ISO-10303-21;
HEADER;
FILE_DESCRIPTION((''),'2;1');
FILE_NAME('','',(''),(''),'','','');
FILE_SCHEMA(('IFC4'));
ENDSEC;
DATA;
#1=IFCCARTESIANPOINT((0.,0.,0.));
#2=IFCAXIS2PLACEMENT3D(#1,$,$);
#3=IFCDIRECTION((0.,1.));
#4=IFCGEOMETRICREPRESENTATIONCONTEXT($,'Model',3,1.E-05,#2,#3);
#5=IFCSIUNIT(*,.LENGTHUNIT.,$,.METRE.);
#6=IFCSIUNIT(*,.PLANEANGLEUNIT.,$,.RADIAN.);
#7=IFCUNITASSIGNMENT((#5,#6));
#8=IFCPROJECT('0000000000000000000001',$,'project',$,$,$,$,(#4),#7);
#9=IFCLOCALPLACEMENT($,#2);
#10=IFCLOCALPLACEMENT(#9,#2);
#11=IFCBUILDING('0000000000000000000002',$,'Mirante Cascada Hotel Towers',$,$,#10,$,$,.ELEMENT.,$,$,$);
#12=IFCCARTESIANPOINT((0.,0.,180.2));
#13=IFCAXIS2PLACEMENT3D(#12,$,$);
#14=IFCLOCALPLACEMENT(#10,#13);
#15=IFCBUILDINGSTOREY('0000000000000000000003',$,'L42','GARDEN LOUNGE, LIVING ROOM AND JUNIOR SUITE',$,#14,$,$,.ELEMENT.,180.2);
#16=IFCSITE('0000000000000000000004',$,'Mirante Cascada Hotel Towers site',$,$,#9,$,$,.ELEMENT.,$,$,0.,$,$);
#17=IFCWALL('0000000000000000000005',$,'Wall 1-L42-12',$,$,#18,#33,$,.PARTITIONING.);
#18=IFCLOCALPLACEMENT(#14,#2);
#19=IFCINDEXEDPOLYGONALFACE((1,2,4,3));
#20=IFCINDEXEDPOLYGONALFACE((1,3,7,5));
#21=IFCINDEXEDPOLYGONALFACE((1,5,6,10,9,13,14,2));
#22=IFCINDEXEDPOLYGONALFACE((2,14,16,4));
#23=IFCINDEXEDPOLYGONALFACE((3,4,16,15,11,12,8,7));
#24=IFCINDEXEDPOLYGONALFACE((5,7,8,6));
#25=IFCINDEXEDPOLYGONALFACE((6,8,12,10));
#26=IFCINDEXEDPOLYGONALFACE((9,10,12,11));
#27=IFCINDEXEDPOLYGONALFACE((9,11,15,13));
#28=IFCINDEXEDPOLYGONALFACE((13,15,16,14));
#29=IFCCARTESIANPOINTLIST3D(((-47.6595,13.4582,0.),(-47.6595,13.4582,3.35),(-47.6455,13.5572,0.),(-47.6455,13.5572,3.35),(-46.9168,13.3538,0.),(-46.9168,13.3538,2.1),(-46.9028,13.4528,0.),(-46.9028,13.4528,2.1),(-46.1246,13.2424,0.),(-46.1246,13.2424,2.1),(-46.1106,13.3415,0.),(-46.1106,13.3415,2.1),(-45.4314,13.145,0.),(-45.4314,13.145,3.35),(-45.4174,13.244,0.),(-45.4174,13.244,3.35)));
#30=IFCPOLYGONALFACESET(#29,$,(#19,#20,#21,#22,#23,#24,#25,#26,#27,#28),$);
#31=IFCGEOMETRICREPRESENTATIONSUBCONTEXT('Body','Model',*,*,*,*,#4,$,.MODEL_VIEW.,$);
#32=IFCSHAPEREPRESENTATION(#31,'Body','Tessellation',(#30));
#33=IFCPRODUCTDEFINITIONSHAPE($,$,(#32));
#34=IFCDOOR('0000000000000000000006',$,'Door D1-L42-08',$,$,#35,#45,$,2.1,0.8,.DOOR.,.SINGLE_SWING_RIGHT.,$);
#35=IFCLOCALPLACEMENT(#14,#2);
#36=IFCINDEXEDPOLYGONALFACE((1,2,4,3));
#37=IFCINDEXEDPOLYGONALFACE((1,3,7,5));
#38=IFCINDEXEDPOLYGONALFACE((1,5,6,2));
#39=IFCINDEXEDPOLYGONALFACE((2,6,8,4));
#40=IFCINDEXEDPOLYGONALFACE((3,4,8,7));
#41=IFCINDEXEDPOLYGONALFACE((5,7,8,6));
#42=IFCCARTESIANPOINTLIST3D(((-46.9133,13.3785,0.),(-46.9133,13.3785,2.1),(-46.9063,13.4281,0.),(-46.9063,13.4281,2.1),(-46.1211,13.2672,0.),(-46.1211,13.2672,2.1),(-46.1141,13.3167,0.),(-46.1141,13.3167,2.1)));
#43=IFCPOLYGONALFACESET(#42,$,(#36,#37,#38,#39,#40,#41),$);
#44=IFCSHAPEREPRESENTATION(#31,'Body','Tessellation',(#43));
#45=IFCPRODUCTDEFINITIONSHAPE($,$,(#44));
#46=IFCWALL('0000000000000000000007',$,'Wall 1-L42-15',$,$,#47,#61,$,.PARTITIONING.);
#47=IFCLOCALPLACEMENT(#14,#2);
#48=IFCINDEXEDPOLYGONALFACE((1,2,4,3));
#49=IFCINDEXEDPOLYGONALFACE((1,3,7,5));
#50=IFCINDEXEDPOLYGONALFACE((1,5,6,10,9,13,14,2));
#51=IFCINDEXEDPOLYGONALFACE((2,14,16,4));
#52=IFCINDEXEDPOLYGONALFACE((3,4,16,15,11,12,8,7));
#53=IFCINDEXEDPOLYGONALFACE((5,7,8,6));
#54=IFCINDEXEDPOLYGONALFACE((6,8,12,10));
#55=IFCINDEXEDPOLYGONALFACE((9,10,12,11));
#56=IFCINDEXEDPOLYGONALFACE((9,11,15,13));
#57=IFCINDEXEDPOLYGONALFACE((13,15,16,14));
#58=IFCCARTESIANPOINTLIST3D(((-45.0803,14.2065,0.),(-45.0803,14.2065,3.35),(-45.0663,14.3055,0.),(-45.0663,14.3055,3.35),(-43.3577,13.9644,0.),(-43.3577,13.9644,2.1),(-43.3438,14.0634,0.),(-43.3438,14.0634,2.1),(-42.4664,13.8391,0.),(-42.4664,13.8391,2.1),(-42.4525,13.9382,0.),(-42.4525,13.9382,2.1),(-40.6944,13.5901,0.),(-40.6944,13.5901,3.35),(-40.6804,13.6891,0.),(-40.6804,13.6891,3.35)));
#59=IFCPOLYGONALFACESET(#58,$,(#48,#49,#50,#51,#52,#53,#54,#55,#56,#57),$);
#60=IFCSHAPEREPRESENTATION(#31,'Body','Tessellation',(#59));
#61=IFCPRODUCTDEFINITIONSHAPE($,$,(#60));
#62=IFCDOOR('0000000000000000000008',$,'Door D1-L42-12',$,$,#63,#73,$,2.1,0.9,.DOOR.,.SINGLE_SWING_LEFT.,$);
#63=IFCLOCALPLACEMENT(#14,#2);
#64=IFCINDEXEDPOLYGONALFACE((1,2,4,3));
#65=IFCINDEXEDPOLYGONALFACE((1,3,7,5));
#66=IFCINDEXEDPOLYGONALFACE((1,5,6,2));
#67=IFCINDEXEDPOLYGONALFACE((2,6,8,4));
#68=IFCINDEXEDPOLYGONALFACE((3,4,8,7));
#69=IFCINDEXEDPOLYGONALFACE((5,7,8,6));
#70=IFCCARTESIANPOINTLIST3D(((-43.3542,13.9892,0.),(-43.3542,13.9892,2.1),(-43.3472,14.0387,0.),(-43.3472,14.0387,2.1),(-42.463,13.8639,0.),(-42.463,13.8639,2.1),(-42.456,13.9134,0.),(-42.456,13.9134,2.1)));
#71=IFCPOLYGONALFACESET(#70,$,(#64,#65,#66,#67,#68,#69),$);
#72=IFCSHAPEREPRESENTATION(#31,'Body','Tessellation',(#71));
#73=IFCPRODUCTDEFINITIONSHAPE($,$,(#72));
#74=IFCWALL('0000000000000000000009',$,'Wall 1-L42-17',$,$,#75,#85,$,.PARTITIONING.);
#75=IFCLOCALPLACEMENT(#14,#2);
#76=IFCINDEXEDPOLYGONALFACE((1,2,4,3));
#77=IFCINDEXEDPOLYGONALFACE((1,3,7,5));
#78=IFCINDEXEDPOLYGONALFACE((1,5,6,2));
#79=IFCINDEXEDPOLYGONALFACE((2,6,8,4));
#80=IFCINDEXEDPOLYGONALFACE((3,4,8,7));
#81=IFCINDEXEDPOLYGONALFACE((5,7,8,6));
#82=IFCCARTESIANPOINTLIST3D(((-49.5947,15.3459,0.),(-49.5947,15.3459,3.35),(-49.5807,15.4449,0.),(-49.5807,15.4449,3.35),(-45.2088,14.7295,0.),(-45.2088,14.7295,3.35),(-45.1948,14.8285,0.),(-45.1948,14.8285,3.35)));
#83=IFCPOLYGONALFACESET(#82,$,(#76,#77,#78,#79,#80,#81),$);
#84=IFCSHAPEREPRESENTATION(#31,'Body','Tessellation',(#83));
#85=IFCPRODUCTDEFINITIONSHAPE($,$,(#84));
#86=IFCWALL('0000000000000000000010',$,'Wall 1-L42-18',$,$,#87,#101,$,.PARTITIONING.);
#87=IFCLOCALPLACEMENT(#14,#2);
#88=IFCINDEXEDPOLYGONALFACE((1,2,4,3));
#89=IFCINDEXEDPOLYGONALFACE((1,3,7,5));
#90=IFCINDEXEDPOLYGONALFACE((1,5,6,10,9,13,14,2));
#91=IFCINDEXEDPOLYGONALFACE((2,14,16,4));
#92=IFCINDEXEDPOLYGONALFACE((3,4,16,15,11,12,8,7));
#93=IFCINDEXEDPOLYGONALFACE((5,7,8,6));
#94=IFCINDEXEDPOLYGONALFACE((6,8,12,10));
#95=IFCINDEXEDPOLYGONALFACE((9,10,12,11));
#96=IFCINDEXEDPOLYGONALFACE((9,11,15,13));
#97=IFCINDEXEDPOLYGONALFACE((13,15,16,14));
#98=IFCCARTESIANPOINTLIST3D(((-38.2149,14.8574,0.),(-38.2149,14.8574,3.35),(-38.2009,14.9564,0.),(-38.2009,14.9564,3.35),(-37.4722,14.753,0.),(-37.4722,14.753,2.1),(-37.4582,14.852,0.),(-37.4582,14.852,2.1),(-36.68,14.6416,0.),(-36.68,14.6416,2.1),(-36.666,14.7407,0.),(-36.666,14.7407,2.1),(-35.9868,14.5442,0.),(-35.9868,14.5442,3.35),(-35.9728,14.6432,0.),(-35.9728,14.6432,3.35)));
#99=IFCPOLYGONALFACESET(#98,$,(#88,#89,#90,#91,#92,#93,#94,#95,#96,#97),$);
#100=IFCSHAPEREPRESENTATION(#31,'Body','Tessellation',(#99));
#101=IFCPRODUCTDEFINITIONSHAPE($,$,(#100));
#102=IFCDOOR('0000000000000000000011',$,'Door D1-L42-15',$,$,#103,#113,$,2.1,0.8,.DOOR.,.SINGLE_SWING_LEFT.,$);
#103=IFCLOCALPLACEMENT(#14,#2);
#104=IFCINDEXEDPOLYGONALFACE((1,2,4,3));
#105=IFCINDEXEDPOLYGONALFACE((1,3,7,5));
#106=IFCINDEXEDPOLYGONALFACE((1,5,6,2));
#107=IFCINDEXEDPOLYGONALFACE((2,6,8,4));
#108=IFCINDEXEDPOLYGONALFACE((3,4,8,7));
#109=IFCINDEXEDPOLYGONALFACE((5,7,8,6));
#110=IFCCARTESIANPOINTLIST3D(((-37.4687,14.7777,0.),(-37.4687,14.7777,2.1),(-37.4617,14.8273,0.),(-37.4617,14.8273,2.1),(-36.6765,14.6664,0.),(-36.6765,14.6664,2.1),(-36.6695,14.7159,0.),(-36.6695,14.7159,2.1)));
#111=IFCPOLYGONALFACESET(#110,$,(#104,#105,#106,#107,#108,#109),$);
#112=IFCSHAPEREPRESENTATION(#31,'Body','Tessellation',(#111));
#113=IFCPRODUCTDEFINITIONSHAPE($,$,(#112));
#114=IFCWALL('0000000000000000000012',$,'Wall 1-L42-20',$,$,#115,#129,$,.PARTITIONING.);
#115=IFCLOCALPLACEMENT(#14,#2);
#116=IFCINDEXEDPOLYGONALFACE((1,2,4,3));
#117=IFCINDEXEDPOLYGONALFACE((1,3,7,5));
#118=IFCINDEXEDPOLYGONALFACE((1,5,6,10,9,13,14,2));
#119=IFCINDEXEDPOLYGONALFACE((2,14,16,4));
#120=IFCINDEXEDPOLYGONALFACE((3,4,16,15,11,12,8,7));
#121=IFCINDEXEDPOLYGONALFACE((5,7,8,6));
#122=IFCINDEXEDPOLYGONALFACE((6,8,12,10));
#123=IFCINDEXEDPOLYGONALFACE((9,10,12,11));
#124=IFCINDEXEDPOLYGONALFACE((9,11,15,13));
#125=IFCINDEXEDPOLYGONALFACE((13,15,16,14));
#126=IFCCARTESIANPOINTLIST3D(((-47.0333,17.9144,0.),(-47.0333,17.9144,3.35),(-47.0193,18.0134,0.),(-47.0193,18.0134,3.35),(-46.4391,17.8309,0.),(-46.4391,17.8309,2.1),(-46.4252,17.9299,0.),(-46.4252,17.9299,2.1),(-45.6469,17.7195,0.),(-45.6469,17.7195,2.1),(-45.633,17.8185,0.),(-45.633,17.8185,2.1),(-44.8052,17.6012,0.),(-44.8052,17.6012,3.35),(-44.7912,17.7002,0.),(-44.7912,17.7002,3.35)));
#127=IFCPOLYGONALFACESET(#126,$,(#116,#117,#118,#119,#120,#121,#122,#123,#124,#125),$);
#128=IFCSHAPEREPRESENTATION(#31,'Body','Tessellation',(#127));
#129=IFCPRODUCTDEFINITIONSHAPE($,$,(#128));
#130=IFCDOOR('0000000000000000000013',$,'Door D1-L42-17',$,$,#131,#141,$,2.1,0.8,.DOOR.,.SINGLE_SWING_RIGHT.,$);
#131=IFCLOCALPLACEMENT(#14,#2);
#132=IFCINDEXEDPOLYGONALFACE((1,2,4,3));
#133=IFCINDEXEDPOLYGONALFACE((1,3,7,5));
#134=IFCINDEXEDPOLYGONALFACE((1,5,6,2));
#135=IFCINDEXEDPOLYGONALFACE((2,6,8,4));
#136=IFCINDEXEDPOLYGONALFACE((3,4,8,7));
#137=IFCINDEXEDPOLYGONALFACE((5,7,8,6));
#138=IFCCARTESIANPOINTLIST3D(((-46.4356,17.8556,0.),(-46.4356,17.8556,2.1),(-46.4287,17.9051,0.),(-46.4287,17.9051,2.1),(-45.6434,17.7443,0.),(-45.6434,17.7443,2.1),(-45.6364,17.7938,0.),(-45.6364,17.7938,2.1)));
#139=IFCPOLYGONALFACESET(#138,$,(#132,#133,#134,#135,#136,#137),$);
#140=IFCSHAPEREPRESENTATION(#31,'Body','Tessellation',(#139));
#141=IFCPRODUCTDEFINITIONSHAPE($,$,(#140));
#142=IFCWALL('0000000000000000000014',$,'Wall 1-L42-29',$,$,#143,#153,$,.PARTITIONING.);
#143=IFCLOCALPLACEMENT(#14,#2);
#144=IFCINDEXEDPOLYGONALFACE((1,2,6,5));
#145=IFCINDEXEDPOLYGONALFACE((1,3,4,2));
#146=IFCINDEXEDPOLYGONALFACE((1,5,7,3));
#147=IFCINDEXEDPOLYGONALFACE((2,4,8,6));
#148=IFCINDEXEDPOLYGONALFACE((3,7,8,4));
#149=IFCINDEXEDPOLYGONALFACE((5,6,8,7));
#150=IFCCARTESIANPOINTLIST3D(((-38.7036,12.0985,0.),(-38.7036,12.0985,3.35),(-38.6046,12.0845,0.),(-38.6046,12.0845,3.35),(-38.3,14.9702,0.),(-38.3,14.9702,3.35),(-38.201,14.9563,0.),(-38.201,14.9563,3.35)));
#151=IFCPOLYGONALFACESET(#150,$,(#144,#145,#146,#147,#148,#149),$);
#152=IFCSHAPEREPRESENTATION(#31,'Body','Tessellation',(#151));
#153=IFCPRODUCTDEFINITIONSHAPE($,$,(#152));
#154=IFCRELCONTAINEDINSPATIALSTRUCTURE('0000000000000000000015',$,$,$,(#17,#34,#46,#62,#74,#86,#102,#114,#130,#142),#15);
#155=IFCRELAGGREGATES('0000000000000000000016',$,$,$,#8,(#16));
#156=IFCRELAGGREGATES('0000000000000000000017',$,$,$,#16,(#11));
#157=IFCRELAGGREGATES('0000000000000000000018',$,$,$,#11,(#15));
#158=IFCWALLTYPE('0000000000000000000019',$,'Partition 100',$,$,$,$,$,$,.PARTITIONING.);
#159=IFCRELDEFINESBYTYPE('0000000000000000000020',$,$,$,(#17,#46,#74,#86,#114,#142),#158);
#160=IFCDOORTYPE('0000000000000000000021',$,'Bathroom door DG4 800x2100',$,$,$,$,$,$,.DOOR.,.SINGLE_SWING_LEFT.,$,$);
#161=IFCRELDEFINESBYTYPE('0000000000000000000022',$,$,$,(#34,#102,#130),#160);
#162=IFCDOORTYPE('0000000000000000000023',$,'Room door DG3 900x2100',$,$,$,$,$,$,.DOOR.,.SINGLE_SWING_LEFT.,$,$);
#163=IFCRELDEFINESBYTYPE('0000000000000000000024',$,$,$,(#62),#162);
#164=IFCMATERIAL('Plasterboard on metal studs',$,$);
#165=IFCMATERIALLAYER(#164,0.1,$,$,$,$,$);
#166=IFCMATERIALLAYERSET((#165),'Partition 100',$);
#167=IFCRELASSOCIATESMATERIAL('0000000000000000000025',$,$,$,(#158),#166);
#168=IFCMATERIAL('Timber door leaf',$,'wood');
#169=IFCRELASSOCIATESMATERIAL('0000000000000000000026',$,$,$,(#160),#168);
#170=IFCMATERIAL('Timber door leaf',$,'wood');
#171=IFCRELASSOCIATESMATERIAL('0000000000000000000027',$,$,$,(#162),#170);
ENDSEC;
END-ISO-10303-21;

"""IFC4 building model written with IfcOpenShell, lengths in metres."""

from ifc_helpers import new_model, si_unit, direction, frame, frame_2d, origin, place, context, subcontext, project, spatial, rectangle, extrude, material, layer, layer_set, type_object, element, fill, save


model = new_model("IFC4")

# Units and contexts
model_context = context("Model", 3, precision=1e-05, world=origin(), true_north=direction((0.0, 1.0)))
body_context = subcontext(model_context, "Body", "Model", "MODEL_VIEW")
ifc_project = project(units=[si_unit("LENGTHUNIT", "METRE"), si_unit("PLANEANGLEUNIT", "RADIAN")], contexts=[model_context])

# Site, building, storey
site_placement = place(None, origin())
site = spatial("IfcSite", under=ifc_project, at=site_placement, Name="Mirante Cascada Hotel Towers site", CompositionType="ELEMENT", RefElevation=0.0)
building_placement = place(site_placement, origin())
building = spatial("IfcBuilding", under=site, at=building_placement, Name="Mirante Cascada Hotel Towers", CompositionType="ELEMENT")
storey_placement = place(building_placement, frame((0.0, 0.0, 180.2)))
storey = spatial("IfcBuildingStorey", under=building, at=storey_placement, Name="L42", Description="GARDEN LOUNGE, LIVING ROOM AND JUNIOR SUITE", CompositionType="ELEMENT", Elevation=180.2)

# Shared definitions
ifc_material_1 = material(Name="Plasterboard on metal studs")
ifc_layer_1 = layer(ifc_material_1, 0.1)
ifc_layer_set_1 = layer_set([ifc_layer_1], Name="Partition 100")
wall_type_1 = type_object("IfcWallType", Name="Partition 100", PredefinedType="PARTITIONING", material=ifc_layer_set_1)

# Walls, openings, doors
wall_1_placement = place(storey_placement, frame((-47.6525, 13.5077, 0.0), z_axis=(0.0, 0.0, 1.0), x_axis=(0.990264, -0.1392, 0.0)))
wall_1 = element("IfcWall", 1, at=wall_1_placement, inside=storey, type_object=wall_type_1, Name="Wall 1-L42-12", PredefinedType="PARTITIONING", context=body_context, shape_type="SweptSolid", body=[
    extrude(rectangle(XDim=2.25, YDim=0.1, at=frame_2d((1.125, 0.0))), origin(), (0.0, 0.0, 1.0), 3.35),
])
opening_1_placement = place(wall_1_placement, frame((0.75, 0.0, 0.0)))
opening_1 = element("IfcOpeningElement", 2, at=opening_1_placement, cuts=wall_1, PredefinedType="OPENING", context=body_context, shape_type="SweptSolid", body=[
    extrude(rectangle(XDim=0.8, YDim=2.1, at=frame_2d((0.4, 1.05))), frame((0.0, 0.05, 0.0), z_axis=(0.0, -1.0, 0.0), x_axis=(1.0, 0.0, 0.0)), (0.0, 0.0, 1.0), 0.1),
])
ifc_material_2 = material(Name="Timber door leaf", Category="wood")
door_type_1 = type_object("IfcDoorType", Name="Bathroom door DG4 800x2100", OperationType="SINGLE_SWING_LEFT", PredefinedType="DOOR", material=ifc_material_2)
door_1_placement = place(opening_1_placement, frame((0.8, 0.0, 0.0), z_axis=(0.0, 0.0, 1.0), x_axis=(-1.0, 0.0, 0.0)))
door_1 = element("IfcDoor", 3, at=door_1_placement, inside=storey, type_object=door_type_1, Name="Door D1-L42-08", OperationType="SINGLE_SWING_RIGHT", OverallHeight=2.1, OverallWidth=0.8, PredefinedType="DOOR", context=body_context, shape_type="SweptSolid", body=[
    extrude(rectangle(XDim=0.8, YDim=2.1, at=frame_2d((0.4, 1.05))), frame((0.0, 0.025, 0.0), z_axis=(0.0, -1.0, 0.0), x_axis=(1.0, 0.0, 0.0)), (0.0, 0.0, 1.0), 0.05),
])
fill(opening_1, door_1)
wall_2_placement = place(storey_placement, frame((-40.6874, 13.6396, 0.0), z_axis=(0.0, 0.0, 1.0), x_axis=(-0.990268, 0.139174, 0.0)))
wall_2 = element("IfcWall", 4, at=wall_2_placement, inside=storey, type_object=wall_type_1, Name="Wall 1-L42-15", PredefinedType="PARTITIONING", context=body_context, shape_type="SweptSolid", body=[
    extrude(rectangle(XDim=4.429, YDim=0.1, at=frame_2d((2.2145, 0.0))), origin(), (0.0, 0.0, 1.0), 3.35),
])
opening_2_placement = place(wall_2_placement, frame((1.7895, 0.0, 0.0)))
opening_2 = element("IfcOpeningElement", 5, at=opening_2_placement, cuts=wall_2, PredefinedType="OPENING", context=body_context, shape_type="SweptSolid", body=[
    extrude(rectangle(XDim=0.9, YDim=2.1, at=frame_2d((0.45, 1.05))), frame((0.0, 0.05, 0.0), z_axis=(0.0, -1.0, 0.0), x_axis=(1.0, 0.0, 0.0)), (0.0, 0.0, 1.0), 0.1),
])
ifc_material_3 = material(Name="Timber door leaf", Category="wood")
door_type_2 = type_object("IfcDoorType", Name="Room door DG3 900x2100", OperationType="SINGLE_SWING_LEFT", PredefinedType="DOOR", material=ifc_material_3)
door_2_placement = place(opening_2_placement, origin())
door_2 = element("IfcDoor", 6, at=door_2_placement, inside=storey, type_object=door_type_2, Name="Door D1-L42-12", OperationType="SINGLE_SWING_LEFT", OverallHeight=2.1, OverallWidth=0.9, PredefinedType="DOOR", context=body_context, shape_type="SweptSolid", body=[
    extrude(rectangle(XDim=0.9, YDim=2.1, at=frame_2d((0.45, 1.05))), frame((0.0, 0.025, 0.0), z_axis=(0.0, -1.0, 0.0), x_axis=(1.0, 0.0, 0.0)), (0.0, 0.0, 1.0), 0.05),
])
fill(opening_2, door_2)

# Wall
wall_3_placement = place(storey_placement, frame((-45.2018, 14.779, 0.0), z_axis=(0.0, 0.0, 1.0), x_axis=(-0.990268, 0.139174, 0.0)))
element("IfcWall", 7, at=wall_3_placement, inside=storey, type_object=wall_type_1, Name="Wall 1-L42-17", PredefinedType="PARTITIONING", context=body_context, shape_type="SweptSolid", body=[
    extrude(rectangle(XDim=4.429, YDim=0.1, at=frame_2d((2.2145, 0.0))), origin(), (0.0, 0.0, 1.0), 3.35),
])

# Walls, openings, doors
wall_4_placement = place(storey_placement, frame((-38.2079, 14.9069, 0.0), z_axis=(0.0, 0.0, 1.0), x_axis=(0.990264, -0.1392, 0.0)))
wall_4 = element("IfcWall", 8, at=wall_4_placement, inside=storey, type_object=wall_type_1, Name="Wall 1-L42-18", PredefinedType="PARTITIONING", context=body_context, shape_type="SweptSolid", body=[
    extrude(rectangle(XDim=2.25, YDim=0.1, at=frame_2d((1.125, 0.0))), origin(), (0.0, 0.0, 1.0), 3.35),
])
opening_3_placement = place(wall_4_placement, frame((0.75, 0.0, 0.0)))
opening_3 = element("IfcOpeningElement", 9, at=opening_3_placement, cuts=wall_4, PredefinedType="OPENING", context=body_context, shape_type="SweptSolid", body=[
    extrude(rectangle(XDim=0.8, YDim=2.1, at=frame_2d((0.4, 1.05))), frame((0.0, 0.05, 0.0), z_axis=(0.0, -1.0, 0.0), x_axis=(1.0, 0.0, 0.0)), (0.0, 0.0, 1.0), 0.1),
])
door_3_placement = place(opening_3_placement, origin())
door_3 = element("IfcDoor", 10, at=door_3_placement, inside=storey, type_object=door_type_1, Name="Door D1-L42-15", OperationType="SINGLE_SWING_LEFT", OverallHeight=2.1, OverallWidth=0.8, PredefinedType="DOOR", context=body_context, shape_type="SweptSolid", body=[
    extrude(rectangle(XDim=0.8, YDim=2.1, at=frame_2d((0.4, 1.05))), frame((0.0, 0.025, 0.0), z_axis=(0.0, -1.0, 0.0), x_axis=(1.0, 0.0, 0.0)), (0.0, 0.0, 1.0), 0.05),
])
fill(opening_3, door_3)
wall_5_placement = place(storey_placement, frame((-47.0263, 17.9639, 0.0), z_axis=(0.0, 0.0, 1.0), x_axis=(0.990264, -0.1392, 0.0)))
wall_5 = element("IfcWall", 11, at=wall_5_placement, inside=storey, type_object=wall_type_1, Name="Wall 1-L42-20", PredefinedType="PARTITIONING", context=body_context, shape_type="SweptSolid", body=[
    extrude(rectangle(XDim=2.25, YDim=0.1, at=frame_2d((1.125, 0.0))), origin(), (0.0, 0.0, 1.0), 3.35),
])
opening_4_placement = place(wall_5_placement, frame((0.6, 0.0, 0.0)))
opening_4 = element("IfcOpeningElement", 12, at=opening_4_placement, cuts=wall_5, PredefinedType="OPENING", context=body_context, shape_type="SweptSolid", body=[
    extrude(rectangle(XDim=0.8, YDim=2.1, at=frame_2d((0.4, 1.05))), frame((0.0, 0.05, 0.0), z_axis=(0.0, -1.0, 0.0), x_axis=(1.0, 0.0, 0.0)), (0.0, 0.0, 1.0), 0.1),
])
door_4_placement = place(opening_4_placement, frame((0.8, 0.0, 0.0), z_axis=(0.0, 0.0, 1.0), x_axis=(-1.0, 0.0, 0.0)))
door_4 = element("IfcDoor", 13, at=door_4_placement, inside=storey, type_object=door_type_1, Name="Door D1-L42-17", OperationType="SINGLE_SWING_RIGHT", OverallHeight=2.1, OverallWidth=0.8, PredefinedType="DOOR", context=body_context, shape_type="SweptSolid", body=[
    extrude(rectangle(XDim=0.8, YDim=2.1, at=frame_2d((0.4, 1.05))), frame((0.0, 0.025, 0.0), z_axis=(0.0, -1.0, 0.0), x_axis=(1.0, 0.0, 0.0)), (0.0, 0.0, 1.0), 0.05),
])
fill(opening_4, door_4)

# Wall
wall_6_placement = place(storey_placement, frame((-38.6541, 12.0915, 0.0), z_axis=(0.0, 0.0, 1.0), x_axis=(0.139171, 0.990268, 0.0)))
element("IfcWall", 14, at=wall_6_placement, inside=storey, type_object=wall_type_1, Name="Wall 1-L42-29", PredefinedType="PARTITIONING", context=body_context, shape_type="SweptSolid", body=[
    extrude(rectangle(XDim=2.9, YDim=0.1, at=frame_2d((1.45, 0.0))), origin(), (0.0, 0.0, 1.0), 3.35),
])

save(model, "model.ifc")
